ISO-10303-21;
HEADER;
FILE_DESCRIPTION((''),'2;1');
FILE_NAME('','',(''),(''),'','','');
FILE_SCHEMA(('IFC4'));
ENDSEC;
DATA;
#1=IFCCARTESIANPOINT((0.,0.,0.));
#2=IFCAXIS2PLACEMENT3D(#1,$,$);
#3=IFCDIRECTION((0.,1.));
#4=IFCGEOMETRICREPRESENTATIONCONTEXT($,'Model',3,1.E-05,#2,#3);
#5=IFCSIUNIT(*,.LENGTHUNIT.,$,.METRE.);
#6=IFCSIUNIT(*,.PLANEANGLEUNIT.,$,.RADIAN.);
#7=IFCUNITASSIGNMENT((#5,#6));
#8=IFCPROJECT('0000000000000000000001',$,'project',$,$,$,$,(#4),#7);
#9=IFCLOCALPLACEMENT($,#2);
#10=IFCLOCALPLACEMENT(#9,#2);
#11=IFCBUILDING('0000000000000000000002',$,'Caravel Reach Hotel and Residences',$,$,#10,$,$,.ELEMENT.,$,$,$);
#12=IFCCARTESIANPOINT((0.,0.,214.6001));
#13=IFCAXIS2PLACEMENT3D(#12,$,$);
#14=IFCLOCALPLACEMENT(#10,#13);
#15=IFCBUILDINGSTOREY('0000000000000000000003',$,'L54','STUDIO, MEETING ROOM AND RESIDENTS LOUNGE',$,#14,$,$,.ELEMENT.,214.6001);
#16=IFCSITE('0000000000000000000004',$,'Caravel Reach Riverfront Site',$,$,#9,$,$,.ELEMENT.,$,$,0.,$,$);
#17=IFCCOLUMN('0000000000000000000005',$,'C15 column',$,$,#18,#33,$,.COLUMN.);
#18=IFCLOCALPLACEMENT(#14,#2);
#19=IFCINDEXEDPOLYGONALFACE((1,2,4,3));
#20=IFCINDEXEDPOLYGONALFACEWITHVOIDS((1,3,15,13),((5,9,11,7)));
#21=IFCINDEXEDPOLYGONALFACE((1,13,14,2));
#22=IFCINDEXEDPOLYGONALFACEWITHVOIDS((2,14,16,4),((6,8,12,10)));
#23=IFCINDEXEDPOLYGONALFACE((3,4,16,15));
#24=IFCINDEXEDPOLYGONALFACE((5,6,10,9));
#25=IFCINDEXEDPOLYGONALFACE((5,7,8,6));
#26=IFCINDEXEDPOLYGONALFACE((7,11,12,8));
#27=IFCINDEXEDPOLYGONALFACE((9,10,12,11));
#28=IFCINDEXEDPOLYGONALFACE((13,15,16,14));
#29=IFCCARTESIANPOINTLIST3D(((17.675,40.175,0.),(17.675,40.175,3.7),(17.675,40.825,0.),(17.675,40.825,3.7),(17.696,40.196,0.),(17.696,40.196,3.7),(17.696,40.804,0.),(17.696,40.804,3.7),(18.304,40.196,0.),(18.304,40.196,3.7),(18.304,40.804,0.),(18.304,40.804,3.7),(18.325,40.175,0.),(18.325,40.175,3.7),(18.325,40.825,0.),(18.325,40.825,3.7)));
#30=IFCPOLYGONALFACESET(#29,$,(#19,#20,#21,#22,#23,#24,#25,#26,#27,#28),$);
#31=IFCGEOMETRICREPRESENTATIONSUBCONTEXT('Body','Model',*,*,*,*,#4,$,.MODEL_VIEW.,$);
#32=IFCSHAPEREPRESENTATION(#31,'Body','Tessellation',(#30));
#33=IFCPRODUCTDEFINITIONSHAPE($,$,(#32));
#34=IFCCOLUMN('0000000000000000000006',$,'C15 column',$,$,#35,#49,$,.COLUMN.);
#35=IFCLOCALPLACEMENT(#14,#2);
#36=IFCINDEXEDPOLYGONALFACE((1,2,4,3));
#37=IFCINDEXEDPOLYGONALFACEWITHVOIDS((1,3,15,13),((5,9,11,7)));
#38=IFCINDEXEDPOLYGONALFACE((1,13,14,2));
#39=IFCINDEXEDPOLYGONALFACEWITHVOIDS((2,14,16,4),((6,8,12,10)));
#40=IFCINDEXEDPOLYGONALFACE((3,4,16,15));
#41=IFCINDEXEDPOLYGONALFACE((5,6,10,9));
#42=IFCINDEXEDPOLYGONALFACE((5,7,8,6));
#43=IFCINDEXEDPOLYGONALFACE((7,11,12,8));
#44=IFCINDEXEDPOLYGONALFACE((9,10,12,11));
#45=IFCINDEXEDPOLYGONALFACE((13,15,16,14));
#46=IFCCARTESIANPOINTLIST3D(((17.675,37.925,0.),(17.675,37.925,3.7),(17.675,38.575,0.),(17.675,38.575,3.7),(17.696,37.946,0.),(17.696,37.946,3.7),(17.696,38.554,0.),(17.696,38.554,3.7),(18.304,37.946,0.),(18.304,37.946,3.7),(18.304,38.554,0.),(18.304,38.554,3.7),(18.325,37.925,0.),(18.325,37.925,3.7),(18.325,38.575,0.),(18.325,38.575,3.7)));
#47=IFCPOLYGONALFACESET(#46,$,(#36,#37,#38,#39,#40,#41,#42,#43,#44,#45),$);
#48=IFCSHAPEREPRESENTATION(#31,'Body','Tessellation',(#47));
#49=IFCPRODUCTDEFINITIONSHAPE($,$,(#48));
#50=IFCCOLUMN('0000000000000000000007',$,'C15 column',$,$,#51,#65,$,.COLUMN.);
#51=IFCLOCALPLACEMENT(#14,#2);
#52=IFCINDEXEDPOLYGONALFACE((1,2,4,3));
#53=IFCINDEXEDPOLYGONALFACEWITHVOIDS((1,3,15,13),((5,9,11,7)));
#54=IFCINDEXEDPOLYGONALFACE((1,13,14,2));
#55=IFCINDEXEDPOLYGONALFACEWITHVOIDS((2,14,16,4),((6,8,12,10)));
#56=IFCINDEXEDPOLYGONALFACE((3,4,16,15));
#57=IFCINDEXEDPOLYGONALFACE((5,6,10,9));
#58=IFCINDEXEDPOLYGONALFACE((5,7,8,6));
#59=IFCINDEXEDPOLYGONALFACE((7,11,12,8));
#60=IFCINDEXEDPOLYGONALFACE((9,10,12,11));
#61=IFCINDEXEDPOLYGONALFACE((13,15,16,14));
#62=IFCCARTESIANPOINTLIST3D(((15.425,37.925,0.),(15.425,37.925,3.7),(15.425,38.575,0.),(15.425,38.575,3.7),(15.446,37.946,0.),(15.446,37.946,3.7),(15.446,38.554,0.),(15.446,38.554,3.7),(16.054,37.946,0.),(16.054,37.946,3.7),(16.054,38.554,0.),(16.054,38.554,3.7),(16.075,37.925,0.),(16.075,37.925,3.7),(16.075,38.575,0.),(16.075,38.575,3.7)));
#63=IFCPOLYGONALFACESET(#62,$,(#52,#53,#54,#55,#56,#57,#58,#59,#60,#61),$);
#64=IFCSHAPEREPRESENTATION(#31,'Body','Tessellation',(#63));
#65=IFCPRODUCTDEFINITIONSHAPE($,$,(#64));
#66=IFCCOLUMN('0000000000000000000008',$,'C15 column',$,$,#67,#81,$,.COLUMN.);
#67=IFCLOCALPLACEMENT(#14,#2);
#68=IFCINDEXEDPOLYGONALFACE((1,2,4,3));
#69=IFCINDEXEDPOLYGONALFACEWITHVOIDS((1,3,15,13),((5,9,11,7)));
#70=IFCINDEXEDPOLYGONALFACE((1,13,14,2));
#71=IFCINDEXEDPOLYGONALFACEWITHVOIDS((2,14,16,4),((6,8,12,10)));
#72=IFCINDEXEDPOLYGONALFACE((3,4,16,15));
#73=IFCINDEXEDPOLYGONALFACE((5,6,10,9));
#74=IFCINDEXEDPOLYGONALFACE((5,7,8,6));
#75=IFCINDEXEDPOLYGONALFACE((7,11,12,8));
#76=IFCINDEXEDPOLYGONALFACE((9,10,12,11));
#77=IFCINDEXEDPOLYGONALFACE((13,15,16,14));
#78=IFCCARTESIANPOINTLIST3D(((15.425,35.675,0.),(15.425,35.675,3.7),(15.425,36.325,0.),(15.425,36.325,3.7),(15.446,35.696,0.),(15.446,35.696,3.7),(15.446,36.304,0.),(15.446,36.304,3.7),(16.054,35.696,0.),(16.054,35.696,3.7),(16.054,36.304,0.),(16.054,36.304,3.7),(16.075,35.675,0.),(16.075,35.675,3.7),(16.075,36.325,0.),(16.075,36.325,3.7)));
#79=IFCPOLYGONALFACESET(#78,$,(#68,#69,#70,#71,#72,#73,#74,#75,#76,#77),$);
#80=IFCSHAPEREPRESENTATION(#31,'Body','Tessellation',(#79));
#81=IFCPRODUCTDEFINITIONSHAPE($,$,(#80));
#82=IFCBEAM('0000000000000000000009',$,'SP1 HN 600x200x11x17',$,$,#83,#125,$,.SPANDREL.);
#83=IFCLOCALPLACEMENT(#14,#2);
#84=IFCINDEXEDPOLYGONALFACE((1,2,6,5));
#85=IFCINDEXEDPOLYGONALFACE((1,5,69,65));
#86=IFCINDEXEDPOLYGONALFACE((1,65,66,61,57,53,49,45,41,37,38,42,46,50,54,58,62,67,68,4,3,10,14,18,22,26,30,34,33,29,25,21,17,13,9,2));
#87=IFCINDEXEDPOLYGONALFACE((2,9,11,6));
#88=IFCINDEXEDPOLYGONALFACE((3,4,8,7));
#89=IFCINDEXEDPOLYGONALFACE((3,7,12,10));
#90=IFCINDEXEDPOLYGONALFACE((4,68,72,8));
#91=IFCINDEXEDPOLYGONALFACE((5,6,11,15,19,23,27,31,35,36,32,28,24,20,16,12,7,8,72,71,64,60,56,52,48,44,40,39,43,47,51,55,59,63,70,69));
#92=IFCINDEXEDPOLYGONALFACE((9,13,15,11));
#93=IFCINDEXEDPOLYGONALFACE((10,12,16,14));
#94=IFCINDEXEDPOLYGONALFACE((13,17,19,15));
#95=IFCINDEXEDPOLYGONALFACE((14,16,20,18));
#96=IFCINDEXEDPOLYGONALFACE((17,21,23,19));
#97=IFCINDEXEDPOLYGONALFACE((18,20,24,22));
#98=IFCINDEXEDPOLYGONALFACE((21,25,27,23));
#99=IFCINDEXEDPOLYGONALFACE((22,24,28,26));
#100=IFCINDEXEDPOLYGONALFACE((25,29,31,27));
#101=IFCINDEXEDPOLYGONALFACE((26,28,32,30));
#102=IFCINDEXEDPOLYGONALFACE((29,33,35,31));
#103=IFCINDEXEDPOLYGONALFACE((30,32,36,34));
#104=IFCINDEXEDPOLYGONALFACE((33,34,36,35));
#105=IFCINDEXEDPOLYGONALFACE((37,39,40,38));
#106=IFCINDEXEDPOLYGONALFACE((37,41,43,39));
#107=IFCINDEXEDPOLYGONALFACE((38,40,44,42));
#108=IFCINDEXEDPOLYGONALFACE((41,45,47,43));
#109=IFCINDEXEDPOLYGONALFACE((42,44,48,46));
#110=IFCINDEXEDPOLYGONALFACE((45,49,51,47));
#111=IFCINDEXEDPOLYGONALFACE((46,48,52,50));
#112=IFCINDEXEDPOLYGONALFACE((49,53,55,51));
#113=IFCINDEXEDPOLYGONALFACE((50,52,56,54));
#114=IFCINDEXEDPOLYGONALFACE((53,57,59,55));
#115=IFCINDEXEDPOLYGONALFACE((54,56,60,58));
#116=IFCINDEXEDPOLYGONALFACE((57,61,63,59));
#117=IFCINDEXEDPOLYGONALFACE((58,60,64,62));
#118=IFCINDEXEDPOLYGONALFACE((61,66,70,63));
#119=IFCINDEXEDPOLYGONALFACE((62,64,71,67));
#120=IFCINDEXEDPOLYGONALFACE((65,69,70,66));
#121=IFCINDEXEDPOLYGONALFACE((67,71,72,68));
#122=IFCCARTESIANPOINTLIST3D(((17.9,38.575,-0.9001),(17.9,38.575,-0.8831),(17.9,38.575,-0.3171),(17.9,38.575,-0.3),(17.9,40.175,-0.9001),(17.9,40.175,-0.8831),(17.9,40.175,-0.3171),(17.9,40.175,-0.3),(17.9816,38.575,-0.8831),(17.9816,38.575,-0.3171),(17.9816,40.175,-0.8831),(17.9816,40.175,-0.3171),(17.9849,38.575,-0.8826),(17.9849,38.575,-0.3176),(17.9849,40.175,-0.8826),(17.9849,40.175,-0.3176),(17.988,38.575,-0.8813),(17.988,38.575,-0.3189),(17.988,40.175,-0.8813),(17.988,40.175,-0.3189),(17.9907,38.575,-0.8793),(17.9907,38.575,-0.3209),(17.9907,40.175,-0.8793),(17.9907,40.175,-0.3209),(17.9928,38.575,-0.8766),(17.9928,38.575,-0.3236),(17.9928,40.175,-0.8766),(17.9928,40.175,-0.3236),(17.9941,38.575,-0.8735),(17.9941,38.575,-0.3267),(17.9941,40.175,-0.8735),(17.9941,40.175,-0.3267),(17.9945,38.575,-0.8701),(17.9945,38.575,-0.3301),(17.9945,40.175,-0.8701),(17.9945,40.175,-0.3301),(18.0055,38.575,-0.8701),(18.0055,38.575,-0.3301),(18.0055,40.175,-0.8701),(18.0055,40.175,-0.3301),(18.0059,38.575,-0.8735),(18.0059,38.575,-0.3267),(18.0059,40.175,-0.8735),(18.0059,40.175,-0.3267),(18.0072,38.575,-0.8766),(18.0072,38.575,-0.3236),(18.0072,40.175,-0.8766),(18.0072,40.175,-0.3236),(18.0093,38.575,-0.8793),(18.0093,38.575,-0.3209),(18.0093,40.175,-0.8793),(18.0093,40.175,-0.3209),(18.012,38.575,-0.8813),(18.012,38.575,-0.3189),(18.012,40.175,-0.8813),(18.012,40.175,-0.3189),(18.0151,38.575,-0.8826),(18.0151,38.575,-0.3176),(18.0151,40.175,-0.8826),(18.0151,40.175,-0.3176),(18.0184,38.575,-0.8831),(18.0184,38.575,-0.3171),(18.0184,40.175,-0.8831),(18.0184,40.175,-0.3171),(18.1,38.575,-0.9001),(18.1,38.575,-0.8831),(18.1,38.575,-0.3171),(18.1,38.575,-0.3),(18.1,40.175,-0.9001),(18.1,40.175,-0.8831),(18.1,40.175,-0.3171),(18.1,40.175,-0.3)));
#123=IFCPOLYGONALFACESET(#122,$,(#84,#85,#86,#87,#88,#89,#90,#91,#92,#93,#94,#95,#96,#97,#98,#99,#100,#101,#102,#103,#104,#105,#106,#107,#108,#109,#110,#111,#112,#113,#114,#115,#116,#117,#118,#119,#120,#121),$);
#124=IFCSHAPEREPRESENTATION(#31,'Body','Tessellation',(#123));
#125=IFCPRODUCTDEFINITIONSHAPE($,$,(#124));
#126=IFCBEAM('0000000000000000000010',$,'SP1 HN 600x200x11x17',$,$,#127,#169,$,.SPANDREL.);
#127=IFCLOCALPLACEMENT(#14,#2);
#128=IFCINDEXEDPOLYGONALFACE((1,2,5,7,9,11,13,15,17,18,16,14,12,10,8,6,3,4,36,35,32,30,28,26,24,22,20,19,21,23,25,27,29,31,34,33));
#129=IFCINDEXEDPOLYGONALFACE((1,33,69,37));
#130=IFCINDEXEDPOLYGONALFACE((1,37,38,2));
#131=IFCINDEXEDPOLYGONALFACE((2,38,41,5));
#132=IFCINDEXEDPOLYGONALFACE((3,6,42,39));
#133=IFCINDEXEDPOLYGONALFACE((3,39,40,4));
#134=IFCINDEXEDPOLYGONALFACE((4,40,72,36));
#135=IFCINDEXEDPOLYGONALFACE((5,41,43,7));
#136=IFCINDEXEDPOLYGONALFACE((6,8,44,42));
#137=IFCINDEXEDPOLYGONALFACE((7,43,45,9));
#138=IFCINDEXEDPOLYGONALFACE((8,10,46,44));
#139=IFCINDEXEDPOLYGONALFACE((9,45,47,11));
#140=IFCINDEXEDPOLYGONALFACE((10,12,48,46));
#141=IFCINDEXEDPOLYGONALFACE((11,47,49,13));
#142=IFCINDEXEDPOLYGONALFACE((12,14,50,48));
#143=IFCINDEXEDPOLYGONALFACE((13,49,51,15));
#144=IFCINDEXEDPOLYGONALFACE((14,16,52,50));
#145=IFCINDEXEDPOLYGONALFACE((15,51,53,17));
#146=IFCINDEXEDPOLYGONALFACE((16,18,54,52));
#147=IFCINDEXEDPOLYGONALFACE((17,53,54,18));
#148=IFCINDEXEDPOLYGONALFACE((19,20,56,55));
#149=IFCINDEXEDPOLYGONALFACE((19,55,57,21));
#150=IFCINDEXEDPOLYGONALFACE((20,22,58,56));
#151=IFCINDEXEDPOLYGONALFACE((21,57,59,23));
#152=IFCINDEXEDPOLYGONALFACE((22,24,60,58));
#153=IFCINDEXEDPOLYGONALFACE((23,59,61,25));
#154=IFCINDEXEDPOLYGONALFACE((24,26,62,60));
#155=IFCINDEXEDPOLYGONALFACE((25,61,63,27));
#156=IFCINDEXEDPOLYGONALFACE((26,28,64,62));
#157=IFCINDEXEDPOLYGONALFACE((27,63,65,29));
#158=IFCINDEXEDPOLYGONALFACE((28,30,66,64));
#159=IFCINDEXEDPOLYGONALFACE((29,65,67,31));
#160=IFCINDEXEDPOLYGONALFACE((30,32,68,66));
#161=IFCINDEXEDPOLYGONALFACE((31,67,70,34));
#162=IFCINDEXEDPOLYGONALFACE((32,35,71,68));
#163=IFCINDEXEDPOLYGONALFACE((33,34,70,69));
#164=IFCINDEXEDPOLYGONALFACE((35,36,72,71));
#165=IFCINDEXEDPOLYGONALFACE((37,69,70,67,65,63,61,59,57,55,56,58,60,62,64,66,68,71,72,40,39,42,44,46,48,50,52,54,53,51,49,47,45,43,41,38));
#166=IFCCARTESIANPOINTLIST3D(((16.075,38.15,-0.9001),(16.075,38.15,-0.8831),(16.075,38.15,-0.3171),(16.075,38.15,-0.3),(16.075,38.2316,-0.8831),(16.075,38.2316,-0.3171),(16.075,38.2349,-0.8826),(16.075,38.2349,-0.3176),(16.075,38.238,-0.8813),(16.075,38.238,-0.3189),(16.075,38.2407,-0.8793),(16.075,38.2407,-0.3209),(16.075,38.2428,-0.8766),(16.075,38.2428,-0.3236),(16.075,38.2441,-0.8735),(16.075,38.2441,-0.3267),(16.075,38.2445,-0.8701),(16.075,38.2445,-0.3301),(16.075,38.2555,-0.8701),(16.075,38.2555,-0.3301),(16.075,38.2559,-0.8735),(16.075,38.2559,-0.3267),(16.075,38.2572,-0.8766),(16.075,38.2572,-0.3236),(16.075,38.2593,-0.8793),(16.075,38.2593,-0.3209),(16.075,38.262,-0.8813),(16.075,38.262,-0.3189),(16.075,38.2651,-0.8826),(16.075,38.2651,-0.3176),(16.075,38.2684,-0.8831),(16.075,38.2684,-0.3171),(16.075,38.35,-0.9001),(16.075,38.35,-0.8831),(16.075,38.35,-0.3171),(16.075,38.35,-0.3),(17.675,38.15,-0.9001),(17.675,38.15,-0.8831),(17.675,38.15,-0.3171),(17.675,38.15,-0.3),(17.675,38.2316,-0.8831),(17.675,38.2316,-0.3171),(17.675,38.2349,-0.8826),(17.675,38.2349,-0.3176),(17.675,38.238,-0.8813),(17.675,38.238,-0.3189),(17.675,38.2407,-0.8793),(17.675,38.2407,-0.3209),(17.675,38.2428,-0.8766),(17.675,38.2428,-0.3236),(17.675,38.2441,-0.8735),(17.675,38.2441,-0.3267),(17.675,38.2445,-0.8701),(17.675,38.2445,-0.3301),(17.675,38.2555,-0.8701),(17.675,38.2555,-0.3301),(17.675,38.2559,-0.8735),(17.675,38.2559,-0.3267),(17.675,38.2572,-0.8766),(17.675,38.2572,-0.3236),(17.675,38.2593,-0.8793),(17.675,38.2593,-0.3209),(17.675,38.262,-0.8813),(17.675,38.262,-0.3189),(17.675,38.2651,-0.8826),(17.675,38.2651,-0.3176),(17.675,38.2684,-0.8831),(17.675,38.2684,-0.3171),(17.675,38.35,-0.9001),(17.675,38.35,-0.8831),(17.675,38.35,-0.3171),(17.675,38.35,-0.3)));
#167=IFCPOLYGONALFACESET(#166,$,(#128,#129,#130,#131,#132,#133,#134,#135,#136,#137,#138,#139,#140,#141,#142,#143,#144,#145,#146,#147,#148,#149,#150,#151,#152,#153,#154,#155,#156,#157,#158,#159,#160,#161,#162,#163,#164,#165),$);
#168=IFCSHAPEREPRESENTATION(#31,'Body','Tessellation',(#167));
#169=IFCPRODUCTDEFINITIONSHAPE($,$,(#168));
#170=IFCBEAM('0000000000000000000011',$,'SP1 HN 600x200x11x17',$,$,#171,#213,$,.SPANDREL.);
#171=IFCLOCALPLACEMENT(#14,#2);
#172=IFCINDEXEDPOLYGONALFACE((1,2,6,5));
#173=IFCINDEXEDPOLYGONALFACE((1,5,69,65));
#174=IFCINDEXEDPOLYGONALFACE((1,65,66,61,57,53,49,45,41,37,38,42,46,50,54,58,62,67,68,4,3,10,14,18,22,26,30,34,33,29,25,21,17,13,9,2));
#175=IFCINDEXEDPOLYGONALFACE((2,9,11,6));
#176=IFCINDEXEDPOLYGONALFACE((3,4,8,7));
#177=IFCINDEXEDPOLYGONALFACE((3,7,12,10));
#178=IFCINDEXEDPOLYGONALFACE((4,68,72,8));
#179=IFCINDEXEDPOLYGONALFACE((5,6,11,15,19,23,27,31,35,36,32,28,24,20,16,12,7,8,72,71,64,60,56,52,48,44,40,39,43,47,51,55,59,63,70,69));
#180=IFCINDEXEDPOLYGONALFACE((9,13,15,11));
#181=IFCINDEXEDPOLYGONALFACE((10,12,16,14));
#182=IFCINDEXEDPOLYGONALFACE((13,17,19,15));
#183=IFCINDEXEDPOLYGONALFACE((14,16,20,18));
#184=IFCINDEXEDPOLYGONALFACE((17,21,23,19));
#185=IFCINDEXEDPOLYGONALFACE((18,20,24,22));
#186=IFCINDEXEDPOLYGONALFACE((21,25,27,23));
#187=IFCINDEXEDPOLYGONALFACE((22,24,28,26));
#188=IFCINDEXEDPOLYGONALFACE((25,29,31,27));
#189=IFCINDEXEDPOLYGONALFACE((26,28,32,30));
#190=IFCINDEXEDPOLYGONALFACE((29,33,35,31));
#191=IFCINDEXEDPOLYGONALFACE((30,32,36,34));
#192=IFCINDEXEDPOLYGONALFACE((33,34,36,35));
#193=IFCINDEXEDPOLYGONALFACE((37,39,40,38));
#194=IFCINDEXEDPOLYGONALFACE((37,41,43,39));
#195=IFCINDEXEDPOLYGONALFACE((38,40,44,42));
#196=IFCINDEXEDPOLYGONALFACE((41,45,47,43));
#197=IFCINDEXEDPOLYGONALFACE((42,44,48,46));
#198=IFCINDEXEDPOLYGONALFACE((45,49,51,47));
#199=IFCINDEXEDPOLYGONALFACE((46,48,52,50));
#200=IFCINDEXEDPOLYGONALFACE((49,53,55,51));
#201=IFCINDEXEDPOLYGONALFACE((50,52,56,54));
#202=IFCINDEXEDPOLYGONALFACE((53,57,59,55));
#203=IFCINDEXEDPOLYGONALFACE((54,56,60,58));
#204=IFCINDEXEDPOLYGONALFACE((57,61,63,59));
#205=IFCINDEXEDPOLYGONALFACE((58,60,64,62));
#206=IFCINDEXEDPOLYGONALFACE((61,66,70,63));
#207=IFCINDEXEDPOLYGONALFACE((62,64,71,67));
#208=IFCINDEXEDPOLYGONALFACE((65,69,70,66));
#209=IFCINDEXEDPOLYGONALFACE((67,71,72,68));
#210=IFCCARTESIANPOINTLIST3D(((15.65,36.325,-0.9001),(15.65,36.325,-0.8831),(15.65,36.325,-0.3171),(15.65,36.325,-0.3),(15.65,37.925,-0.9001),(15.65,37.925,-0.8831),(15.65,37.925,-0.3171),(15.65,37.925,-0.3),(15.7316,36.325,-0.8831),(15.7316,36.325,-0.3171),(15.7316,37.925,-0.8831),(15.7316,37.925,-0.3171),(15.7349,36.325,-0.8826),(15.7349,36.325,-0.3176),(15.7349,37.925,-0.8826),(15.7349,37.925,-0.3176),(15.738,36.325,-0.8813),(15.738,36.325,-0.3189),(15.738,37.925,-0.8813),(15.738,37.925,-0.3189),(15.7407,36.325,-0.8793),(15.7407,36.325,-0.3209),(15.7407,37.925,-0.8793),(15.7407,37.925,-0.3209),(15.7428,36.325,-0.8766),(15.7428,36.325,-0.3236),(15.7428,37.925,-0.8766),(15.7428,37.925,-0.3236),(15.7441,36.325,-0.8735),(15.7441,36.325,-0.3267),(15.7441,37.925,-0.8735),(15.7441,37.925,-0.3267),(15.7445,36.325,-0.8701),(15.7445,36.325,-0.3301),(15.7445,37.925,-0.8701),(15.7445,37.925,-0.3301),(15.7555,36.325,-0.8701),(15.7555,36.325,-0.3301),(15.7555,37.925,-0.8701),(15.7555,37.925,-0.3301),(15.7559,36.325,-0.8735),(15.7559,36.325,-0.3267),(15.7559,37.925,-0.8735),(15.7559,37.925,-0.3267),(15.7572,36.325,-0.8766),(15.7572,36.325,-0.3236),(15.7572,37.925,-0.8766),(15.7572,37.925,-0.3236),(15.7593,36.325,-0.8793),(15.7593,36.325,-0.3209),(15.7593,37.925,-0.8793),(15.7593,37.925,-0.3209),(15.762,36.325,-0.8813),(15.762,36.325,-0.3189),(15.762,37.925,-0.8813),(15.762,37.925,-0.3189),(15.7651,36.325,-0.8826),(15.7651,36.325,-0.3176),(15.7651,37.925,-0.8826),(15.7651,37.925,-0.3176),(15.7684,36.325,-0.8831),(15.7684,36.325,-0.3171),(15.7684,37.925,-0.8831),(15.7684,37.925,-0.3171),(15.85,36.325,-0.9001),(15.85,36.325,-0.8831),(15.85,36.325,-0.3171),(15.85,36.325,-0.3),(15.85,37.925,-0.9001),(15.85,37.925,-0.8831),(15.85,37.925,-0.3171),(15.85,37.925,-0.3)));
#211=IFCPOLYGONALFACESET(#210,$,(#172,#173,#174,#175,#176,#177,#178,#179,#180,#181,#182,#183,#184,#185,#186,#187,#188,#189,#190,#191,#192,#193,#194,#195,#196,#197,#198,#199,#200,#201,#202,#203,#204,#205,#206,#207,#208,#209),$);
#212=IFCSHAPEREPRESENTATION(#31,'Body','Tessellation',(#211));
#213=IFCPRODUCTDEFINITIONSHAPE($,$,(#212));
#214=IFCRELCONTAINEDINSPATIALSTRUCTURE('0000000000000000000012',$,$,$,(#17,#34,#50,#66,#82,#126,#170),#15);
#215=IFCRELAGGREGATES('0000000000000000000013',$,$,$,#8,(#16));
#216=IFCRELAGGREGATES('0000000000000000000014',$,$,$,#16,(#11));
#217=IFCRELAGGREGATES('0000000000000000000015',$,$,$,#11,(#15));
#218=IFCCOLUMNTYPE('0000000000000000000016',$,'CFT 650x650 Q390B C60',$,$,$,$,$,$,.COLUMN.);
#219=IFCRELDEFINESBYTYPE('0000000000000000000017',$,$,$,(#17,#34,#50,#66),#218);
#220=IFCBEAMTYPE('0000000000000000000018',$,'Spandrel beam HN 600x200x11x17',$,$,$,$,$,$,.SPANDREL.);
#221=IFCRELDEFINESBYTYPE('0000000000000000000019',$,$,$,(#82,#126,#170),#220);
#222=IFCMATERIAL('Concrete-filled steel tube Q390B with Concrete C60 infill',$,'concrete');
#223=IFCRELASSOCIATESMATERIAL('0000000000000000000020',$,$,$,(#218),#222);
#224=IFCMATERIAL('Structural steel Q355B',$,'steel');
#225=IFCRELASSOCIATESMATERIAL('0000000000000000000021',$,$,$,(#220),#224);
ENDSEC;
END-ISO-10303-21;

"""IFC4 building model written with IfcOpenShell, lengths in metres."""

from ifc_helpers import new_model, si_unit, direction, frame, origin, origin_2d, place, context, subcontext, project, spatial, hollow_rectangle, i_section, extrude, material, material_profile, profile_set, type_object, element, save


model = new_model("IFC4")

# Units and contexts
model_context = context("Model", 3, precision=1e-05, world=origin(), true_north=direction((0.0, 1.0)))
body_context = subcontext(model_context, "Body", "Model", "MODEL_VIEW")
ifc_project = project(units=[si_unit("LENGTHUNIT", "METRE"), si_unit("PLANEANGLEUNIT", "RADIAN")], contexts=[model_context])

# Site, building, storey
site_placement = place(None, origin())
site = spatial("IfcSite", under=ifc_project, at=site_placement, Name="Caravel Reach Riverfront Site", CompositionType="ELEMENT", RefElevation=0.0)
building_placement = place(site_placement, origin())
building = spatial("IfcBuilding", under=site, at=building_placement, Name="Caravel Reach Hotel and Residences", CompositionType="ELEMENT")
storey_placement = place(building_placement, frame((0.0, 0.0, 214.6001)))
storey = spatial("IfcBuildingStorey", under=building, at=storey_placement, Name="L54", Description="STUDIO, MEETING ROOM AND RESIDENTS LOUNGE", CompositionType="ELEMENT", Elevation=214.6001)

# Columns
ifc_material_1 = material(Name="Concrete-filled steel tube Q390B with Concrete C60 infill", Category="concrete")
ifc_material_profile_1 = material_profile(ifc_material_1, hollow_rectangle(XDim=0.6499, YDim=0.6499, WallThickness=0.021, at=origin_2d()), Name="RHS 650x650x21")
ifc_profile_set_1 = profile_set([ifc_material_profile_1], Name="Concrete-filled steel tube Q390B with Concrete C60 infill")
column_type = type_object("IfcColumnType", Name="CFT 650x650 Q390B C60", PredefinedType="COLUMN", material=ifc_profile_set_1)
for number, where, z_axis, x_axis, name in (
    (1, (18.0, 40.5, 0.0), (0.0, 0.0, 1.0), (1.0, 0.0, 0.0), "C15 column"),
    (2, (18.0, 38.25, 0.0), (0.0, 0.0, 1.0), (1.0, 0.0, 0.0), "C15 column"),
    (3, (15.75, 38.25, 0.0), (0.0, 0.0, 1.0), (1.0, 0.0, 0.0), "C15 column"),
    (4, (15.75, 36.0, 0.0), (0.0, 0.0, 1.0), (1.0, 0.0, 0.0), "C15 column"),
):
    element("IfcColumn", number, at=place(storey_placement, frame(where, z_axis=z_axis, x_axis=x_axis)), inside=storey, type_object=column_type, Name=name, PredefinedType="COLUMN", context=body_context, shape_type="SweptSolid", body=[
        extrude(hollow_rectangle(XDim=0.6499, YDim=0.6499, WallThickness=0.021, at=origin_2d()), origin(), (0.0, 0.0, 1.0), 3.7),
    ])

# Beams
ifc_material_2 = material(Name="Structural steel Q355B", Category="steel")
ifc_material_profile_2 = material_profile(ifc_material_2, i_section(OverallWidth=0.2, OverallDepth=0.6001, WebThickness=0.011, FlangeThickness=0.0171, FilletRadius=0.0129, at=origin_2d()), Name="HN 600x200x11x17")
ifc_profile_set_2 = profile_set([ifc_material_profile_2], Name="Structural steel Q355B")
beam_type = type_object("IfcBeamType", Name="Spandrel beam HN 600x200x11x17", PredefinedType="SPANDREL", material=ifc_profile_set_2)
for number, where, z_axis, x_axis, name in (
    (5, (18.0, 40.175, -0.6001), (0.0, -1.0, 0.0), (1.0, 0.0, 0.0), "SP1 HN 600x200x11x17"),
    (6, (17.675, 38.25, -0.6001), (-1.0, 0.0, 0.0), (0.0, -1.0, 0.0), "SP1 HN 600x200x11x17"),
    (7, (15.75, 37.925, -0.6001), (0.0, -1.0, 0.0), (1.0, 0.0, 0.0), "SP1 HN 600x200x11x17"),
):
    element("IfcBeam", number, at=place(storey_placement, frame(where, z_axis=z_axis, x_axis=x_axis)), inside=storey, type_object=beam_type, Name=name, PredefinedType="SPANDREL", context=body_context, shape_type="SweptSolid", body=[
        extrude(i_section(OverallWidth=0.2, OverallDepth=0.6001, WebThickness=0.011, FlangeThickness=0.0171, FilletRadius=0.0129, at=origin_2d()), origin(), (0.0, 0.0, 1.0), 1.6001),
    ])

save(model, "model.ifc")
